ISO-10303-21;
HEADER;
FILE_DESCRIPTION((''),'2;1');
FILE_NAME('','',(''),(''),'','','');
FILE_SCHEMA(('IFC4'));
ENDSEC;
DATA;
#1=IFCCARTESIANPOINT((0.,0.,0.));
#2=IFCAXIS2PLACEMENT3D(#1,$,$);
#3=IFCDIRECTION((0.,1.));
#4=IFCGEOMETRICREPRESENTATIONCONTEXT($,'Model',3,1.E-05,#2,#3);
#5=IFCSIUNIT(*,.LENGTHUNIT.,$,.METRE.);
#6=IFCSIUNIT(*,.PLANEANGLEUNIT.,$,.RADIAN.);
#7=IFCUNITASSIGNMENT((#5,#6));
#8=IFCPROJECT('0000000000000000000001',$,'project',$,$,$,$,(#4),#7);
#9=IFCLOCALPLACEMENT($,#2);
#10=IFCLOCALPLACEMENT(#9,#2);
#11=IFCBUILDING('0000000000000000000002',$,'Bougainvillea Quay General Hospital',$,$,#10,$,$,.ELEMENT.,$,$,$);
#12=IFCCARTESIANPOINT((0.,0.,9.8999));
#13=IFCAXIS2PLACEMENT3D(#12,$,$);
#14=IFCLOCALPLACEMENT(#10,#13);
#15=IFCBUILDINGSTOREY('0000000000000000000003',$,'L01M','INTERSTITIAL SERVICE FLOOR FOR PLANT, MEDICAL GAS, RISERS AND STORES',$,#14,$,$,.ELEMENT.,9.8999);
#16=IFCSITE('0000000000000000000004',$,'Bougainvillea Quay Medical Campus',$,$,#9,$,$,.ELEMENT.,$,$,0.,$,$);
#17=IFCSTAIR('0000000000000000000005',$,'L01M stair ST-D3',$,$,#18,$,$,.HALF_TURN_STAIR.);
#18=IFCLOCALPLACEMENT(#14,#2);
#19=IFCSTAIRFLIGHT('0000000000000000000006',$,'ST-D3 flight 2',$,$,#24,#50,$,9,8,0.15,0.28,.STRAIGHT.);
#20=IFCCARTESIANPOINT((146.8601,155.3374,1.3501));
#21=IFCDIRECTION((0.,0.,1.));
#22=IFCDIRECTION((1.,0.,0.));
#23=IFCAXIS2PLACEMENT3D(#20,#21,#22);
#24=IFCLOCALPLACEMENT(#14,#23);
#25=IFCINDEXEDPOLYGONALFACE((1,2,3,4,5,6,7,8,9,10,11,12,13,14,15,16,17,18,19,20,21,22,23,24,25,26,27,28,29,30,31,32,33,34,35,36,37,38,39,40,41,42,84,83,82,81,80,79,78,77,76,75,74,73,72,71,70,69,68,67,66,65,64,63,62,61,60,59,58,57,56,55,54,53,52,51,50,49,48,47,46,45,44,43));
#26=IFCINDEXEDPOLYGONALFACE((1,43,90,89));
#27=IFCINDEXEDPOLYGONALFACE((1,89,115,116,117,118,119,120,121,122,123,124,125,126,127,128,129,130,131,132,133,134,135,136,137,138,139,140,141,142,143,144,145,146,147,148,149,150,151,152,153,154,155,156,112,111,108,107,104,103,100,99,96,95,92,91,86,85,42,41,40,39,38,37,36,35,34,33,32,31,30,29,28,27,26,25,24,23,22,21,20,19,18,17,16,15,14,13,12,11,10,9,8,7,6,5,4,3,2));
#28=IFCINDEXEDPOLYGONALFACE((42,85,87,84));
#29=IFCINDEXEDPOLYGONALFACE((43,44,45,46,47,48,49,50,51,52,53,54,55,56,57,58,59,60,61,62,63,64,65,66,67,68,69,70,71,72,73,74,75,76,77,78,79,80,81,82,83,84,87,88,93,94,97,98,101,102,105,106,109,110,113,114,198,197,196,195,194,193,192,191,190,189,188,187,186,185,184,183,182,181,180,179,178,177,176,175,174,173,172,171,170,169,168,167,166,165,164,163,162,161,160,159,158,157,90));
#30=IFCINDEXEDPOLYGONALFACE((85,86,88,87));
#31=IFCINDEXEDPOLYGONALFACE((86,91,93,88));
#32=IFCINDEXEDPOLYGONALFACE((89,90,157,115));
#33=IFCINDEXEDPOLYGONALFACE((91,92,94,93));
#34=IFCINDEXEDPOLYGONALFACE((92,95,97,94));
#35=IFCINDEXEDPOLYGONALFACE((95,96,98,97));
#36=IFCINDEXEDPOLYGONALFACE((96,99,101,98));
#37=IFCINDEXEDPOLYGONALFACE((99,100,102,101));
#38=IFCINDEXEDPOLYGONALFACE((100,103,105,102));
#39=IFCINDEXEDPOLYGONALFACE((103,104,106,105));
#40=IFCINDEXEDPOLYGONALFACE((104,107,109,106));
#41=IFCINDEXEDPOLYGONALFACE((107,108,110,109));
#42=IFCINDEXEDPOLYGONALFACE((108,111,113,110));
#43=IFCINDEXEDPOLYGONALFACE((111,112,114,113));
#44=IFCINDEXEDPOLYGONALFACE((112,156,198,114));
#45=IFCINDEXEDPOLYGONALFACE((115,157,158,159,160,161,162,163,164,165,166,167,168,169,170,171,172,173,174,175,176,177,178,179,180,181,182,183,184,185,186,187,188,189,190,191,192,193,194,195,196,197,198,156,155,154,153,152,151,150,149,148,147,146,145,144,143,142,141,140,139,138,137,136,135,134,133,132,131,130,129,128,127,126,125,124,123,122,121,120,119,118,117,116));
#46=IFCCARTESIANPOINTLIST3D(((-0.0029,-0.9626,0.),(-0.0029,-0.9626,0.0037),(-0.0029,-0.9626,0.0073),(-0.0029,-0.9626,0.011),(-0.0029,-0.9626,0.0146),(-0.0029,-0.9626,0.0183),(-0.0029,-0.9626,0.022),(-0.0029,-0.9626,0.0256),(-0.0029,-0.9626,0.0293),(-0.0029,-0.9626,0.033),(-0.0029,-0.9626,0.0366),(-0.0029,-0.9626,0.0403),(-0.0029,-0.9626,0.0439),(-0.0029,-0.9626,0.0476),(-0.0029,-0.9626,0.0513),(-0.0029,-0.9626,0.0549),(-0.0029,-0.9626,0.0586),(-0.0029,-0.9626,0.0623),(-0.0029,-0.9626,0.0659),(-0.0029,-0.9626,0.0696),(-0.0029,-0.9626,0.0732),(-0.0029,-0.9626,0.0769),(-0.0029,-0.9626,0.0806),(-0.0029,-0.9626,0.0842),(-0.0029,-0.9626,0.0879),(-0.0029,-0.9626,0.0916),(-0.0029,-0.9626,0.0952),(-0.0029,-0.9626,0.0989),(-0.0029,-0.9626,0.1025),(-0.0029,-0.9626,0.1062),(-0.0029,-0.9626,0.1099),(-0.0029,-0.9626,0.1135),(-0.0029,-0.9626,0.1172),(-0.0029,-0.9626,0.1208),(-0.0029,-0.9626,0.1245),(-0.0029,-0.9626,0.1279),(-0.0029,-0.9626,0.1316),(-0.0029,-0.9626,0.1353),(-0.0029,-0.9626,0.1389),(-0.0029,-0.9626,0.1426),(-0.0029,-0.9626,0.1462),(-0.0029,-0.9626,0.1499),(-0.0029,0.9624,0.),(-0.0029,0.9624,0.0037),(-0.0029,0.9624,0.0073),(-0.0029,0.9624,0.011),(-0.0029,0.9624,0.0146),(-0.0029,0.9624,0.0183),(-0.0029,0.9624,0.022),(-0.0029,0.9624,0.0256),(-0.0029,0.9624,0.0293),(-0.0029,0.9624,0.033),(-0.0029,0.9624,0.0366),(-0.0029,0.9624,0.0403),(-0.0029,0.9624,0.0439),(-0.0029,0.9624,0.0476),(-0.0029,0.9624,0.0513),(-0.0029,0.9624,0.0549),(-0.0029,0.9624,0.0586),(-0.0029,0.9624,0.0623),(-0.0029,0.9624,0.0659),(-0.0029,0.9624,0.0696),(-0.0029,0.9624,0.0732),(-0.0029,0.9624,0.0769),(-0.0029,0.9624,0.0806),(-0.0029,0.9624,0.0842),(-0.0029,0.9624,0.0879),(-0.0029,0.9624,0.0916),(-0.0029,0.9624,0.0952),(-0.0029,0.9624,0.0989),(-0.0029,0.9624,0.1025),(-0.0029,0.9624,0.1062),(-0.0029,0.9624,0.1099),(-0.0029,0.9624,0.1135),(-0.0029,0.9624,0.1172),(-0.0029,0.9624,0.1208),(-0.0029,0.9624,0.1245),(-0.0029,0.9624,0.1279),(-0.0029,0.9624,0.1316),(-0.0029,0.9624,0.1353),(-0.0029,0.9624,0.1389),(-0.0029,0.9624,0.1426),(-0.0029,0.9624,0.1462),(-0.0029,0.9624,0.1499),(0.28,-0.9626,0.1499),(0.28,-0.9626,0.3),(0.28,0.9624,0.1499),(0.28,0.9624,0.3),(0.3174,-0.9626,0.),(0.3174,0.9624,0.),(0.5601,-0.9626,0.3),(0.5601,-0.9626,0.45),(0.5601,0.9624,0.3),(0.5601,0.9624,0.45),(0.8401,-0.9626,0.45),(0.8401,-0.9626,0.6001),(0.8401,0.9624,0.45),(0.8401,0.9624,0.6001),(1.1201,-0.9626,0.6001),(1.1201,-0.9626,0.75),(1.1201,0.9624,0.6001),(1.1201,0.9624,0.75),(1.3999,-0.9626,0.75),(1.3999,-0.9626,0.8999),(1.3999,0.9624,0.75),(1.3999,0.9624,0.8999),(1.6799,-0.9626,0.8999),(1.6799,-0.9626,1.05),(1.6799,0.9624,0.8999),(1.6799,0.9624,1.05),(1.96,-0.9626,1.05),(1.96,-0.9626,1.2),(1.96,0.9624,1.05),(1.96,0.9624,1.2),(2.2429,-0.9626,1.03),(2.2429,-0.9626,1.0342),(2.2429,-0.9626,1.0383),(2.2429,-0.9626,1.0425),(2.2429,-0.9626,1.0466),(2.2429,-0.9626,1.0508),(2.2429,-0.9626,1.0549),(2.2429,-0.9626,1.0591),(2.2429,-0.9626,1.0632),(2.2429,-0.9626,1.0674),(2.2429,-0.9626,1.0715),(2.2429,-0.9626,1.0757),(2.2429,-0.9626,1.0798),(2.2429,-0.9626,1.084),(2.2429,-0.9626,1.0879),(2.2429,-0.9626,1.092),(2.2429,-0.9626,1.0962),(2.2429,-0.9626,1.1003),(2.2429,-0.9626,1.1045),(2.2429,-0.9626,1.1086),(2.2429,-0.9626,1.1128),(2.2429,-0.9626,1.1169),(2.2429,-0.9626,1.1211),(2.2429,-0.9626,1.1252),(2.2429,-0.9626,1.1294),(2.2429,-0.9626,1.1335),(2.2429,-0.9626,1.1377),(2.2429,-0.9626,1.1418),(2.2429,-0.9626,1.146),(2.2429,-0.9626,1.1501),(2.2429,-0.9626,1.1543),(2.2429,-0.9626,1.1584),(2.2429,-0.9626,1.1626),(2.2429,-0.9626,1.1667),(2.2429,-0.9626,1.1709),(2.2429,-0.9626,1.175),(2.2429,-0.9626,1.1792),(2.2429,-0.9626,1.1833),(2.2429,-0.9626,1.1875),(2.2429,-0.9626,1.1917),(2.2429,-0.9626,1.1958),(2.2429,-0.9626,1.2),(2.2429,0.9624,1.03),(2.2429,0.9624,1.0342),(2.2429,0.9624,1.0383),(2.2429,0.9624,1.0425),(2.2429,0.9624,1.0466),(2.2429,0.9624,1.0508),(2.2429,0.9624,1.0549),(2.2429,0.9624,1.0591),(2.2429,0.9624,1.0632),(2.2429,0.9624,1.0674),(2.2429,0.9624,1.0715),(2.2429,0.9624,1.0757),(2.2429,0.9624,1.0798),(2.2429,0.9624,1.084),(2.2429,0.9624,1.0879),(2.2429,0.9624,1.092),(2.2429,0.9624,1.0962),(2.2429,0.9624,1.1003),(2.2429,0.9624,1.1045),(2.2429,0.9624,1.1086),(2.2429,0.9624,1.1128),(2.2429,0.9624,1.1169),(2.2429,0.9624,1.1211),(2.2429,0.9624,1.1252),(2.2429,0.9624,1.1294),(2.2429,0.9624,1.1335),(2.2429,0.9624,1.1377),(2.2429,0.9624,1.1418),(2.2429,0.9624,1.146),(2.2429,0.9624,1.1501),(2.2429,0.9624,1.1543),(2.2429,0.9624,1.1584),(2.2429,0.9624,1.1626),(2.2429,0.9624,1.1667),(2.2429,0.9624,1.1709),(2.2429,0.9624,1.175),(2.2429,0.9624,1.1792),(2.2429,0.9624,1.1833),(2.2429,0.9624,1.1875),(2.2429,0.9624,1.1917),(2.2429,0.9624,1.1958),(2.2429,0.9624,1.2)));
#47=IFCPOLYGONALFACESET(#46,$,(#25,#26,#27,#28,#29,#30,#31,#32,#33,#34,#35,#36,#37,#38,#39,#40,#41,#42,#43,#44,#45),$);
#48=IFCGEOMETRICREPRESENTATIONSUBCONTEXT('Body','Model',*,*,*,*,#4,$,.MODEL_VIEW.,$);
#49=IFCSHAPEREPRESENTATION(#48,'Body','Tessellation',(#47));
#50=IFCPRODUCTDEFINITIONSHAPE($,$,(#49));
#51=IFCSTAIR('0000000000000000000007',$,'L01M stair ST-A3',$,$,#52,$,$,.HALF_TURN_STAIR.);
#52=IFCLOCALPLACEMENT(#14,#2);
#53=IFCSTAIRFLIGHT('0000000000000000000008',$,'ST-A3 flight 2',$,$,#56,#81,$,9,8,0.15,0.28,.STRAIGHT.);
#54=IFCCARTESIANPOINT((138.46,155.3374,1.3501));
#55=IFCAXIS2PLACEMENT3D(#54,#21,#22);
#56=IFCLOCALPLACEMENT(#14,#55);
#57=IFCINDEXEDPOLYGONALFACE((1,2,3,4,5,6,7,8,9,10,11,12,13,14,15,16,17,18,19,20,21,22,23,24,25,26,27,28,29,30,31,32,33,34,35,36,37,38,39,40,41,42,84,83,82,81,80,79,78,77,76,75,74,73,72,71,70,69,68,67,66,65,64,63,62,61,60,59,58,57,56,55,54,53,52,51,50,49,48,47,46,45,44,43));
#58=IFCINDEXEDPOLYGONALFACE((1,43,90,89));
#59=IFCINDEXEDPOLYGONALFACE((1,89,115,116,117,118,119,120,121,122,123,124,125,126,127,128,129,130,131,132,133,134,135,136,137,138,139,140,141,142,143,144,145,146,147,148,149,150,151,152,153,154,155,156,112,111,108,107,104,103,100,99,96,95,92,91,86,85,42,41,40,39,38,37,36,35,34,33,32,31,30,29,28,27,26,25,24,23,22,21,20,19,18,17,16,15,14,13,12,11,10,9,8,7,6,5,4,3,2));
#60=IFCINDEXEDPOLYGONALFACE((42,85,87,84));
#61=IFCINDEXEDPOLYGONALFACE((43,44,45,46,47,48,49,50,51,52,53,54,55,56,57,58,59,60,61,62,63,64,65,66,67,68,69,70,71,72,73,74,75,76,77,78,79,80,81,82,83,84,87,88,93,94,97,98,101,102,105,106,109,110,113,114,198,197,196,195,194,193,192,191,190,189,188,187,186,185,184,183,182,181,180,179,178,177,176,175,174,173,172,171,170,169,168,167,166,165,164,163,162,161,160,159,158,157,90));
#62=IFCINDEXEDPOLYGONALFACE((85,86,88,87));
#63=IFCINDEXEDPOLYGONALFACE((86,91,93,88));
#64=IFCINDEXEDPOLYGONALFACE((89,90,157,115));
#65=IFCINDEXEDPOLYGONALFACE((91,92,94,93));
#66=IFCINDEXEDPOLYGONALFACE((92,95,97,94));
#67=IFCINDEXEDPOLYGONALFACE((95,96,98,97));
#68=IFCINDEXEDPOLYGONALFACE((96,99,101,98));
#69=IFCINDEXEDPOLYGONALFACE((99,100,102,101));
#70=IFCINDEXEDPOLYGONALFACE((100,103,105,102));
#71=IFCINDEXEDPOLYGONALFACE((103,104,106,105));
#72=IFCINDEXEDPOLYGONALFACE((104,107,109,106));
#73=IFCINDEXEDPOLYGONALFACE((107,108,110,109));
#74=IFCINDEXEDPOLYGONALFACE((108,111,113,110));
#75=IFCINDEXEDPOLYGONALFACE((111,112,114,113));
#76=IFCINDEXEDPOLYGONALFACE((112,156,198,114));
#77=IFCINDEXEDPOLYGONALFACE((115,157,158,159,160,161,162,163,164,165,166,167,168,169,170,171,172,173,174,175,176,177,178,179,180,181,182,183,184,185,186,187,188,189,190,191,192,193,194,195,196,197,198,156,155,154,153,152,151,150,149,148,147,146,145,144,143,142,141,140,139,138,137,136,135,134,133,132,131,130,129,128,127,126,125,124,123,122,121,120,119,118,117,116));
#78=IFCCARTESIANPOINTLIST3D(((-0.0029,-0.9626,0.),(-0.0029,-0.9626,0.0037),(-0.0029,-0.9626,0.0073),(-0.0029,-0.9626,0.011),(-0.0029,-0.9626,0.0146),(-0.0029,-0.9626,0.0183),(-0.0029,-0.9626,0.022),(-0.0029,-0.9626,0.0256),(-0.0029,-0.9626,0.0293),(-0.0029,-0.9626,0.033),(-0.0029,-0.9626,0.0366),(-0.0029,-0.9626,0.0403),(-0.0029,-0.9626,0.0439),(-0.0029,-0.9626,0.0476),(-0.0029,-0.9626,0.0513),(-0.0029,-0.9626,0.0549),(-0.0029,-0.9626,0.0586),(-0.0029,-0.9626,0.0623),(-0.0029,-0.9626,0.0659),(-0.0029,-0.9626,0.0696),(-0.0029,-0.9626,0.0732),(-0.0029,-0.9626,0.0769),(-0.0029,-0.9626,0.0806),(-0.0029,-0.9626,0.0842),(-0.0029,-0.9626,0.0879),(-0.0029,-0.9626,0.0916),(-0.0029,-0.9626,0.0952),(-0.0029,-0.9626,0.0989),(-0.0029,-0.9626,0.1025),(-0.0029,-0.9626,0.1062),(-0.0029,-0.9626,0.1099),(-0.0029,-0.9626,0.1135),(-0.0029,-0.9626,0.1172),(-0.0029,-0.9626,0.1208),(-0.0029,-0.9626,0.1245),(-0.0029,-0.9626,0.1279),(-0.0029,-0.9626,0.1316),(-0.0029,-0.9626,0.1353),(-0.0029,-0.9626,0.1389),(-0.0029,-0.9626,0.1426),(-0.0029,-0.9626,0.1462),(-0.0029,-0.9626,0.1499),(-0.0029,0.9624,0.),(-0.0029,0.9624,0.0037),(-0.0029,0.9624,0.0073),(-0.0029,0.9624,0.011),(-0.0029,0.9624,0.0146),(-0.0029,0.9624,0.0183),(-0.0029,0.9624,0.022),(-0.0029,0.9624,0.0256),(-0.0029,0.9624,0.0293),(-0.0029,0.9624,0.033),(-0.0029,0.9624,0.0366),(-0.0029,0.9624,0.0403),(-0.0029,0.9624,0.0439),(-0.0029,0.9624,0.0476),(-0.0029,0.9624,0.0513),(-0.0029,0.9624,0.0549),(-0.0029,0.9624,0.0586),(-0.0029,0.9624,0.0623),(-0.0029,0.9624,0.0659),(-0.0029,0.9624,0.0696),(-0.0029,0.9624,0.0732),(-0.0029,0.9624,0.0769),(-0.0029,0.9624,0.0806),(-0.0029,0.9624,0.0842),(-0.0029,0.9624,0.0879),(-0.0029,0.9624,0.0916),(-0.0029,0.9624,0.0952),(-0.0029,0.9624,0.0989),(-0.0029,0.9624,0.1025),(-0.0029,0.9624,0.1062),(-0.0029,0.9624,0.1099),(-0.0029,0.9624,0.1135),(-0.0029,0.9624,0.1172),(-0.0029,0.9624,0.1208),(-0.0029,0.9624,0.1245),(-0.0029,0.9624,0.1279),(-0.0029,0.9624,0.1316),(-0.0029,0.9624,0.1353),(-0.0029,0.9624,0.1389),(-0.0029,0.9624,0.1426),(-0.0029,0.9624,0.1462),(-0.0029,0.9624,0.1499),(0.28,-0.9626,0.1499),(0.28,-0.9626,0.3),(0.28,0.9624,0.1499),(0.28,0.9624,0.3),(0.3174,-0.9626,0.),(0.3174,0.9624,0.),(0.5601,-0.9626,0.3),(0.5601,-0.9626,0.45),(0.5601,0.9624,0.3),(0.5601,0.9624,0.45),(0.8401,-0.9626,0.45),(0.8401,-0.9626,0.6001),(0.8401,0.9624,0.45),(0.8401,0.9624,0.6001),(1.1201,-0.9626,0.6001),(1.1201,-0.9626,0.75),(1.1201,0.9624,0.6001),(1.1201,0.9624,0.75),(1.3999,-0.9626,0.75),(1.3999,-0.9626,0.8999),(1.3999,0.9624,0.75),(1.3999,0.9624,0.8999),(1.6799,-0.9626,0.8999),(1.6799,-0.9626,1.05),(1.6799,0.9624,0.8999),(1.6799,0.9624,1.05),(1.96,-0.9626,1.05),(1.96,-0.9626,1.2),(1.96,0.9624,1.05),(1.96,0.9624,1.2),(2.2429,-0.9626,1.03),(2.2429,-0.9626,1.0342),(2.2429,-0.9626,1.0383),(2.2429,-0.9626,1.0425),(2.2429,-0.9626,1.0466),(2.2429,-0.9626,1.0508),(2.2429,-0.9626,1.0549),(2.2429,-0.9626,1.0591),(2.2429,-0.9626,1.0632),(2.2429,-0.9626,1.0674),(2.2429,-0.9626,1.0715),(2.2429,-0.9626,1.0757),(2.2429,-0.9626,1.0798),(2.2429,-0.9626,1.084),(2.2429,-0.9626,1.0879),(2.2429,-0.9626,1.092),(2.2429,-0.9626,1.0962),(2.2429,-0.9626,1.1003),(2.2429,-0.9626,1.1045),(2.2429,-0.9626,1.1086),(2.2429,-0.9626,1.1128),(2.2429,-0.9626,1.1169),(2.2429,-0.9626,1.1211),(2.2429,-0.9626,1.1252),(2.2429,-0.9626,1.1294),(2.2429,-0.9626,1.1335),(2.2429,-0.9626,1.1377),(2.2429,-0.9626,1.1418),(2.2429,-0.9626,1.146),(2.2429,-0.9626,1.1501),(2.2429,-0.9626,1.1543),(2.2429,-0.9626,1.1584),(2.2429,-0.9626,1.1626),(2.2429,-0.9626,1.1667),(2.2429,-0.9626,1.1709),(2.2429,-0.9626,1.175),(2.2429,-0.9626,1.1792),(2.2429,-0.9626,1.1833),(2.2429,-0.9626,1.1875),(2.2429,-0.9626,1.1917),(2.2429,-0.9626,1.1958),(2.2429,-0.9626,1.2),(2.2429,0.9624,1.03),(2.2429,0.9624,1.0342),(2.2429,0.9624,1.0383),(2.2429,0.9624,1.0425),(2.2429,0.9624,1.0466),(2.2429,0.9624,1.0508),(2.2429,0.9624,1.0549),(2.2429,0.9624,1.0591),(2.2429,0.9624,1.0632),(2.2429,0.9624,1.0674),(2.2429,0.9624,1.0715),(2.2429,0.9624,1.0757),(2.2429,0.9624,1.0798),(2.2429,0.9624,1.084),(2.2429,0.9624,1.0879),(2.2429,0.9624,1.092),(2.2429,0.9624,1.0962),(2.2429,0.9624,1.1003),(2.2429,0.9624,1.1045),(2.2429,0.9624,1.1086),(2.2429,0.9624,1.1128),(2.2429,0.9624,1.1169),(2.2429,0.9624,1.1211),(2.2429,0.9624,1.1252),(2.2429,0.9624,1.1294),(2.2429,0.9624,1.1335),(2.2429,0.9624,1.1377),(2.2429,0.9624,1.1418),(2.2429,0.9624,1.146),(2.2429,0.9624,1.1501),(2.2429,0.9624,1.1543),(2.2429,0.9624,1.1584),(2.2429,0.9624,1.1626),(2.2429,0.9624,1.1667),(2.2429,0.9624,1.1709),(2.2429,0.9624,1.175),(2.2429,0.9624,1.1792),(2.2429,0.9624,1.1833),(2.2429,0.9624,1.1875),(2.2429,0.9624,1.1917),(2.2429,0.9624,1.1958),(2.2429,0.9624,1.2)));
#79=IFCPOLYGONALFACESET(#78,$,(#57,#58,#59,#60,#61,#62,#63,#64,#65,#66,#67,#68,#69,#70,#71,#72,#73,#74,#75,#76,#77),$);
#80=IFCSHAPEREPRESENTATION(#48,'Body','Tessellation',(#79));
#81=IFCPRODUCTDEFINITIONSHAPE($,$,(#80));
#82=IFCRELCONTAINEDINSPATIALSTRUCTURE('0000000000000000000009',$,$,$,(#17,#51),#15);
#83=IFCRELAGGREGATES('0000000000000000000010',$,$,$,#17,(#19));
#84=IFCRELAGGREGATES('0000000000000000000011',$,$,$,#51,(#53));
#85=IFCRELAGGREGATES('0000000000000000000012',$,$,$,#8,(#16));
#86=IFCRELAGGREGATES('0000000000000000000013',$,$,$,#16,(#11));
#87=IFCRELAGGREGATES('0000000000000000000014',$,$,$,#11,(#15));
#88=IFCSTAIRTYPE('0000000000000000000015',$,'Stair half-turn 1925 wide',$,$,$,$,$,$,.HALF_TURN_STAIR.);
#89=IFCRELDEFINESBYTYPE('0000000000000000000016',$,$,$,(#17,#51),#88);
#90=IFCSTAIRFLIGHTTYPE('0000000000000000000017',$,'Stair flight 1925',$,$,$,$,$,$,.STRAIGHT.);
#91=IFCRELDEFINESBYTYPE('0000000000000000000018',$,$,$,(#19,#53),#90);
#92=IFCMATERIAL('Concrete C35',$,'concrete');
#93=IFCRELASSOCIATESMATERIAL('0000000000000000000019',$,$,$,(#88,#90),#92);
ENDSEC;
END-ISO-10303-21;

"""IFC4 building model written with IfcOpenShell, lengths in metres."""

from ifc_helpers import new_model, si_unit, direction, frame, origin, place, context, subcontext, project, spatial, polyline, outline, extrude, material, type_object, element, aggregate, save


model = new_model("IFC4")

# Units and contexts
model_context = context("Model", 3, precision=1e-05, world=origin(), true_north=direction((0.0, 1.0)))
body_context = subcontext(model_context, "Body", "Model", "MODEL_VIEW")
ifc_project = project(units=[si_unit("LENGTHUNIT", "METRE"), si_unit("PLANEANGLEUNIT", "RADIAN")], contexts=[model_context])

# Site, building, storey
site_placement = place(None, origin())
site = spatial("IfcSite", under=ifc_project, at=site_placement, Name="Bougainvillea Quay Medical Campus", CompositionType="ELEMENT", RefElevation=0.0)
building_placement = place(site_placement, origin())
building = spatial("IfcBuilding", under=site, at=building_placement, Name="Bougainvillea Quay General Hospital", CompositionType="ELEMENT")
storey_placement = place(building_placement, frame((0.0, 0.0, 9.8999)))
storey = spatial("IfcBuildingStorey", under=building, at=storey_placement, Name="L01M", Description="INTERSTITIAL SERVICE FLOOR FOR PLANT, MEDICAL GAS, RISERS AND STORES", CompositionType="ELEMENT", Elevation=9.8999)

# Stairs, stair flights
ifc_material_1 = material(Name="Concrete C35", Category="concrete")
stair_type = type_object("IfcStairType", Name="Stair half-turn 1925 wide", PredefinedType="HALF_TURN_STAIR", material=ifc_material_1)
stair_1_placement = place(storey_placement, origin())
stair_1 = element("IfcStair", 1, at=stair_1_placement, inside=storey, type_object=stair_type, Name="L01M stair ST-D3", PredefinedType="HALF_TURN_STAIR")
stair_flight_type = type_object("IfcStairFlightType", Name="Stair flight 1925", PredefinedType="STRAIGHT", material=ifc_material_1)
stair_flight_1_placement = place(storey_placement, frame((146.8601, 155.3374, 1.3501), z_axis=(0.0, 0.0, 1.0), x_axis=(1.0, 0.0, 0.0)))
stair_flight_1 = element("IfcStairFlight", 2, at=stair_flight_1_placement, type_object=stair_flight_type, Name="ST-D3 flight 2", NumberOfRisers=9, NumberOfTreads=8, PredefinedType="STRAIGHT", RiserHeight=0.15, TreadLength=0.28, context=body_context, shape_type="SweptSolid", body=[
    extrude(outline(polyline([(-0.0029, 0.0), (-0.0029, 0.0037), (-0.0029, 0.0073), (-0.0029, 0.011), (-0.0029, 0.0146), (-0.0029, 0.0183), (-0.0029, 0.022), (-0.0029, 0.0256), (-0.0029, 0.0293), (-0.0029, 0.033), (-0.0029, 0.0366), (-0.0029, 0.0403), (-0.0029, 0.0439), (-0.0029, 0.0476), (-0.0029, 0.0513), (-0.0029, 0.0549), (-0.0029, 0.0586), (-0.0029, 0.0623), (-0.0029, 0.0659), (-0.0029, 0.0696), (-0.0029, 0.0732), (-0.0029, 0.0769), (-0.0029, 0.0806), (-0.0029, 0.0842), (-0.0029, 0.0879), (-0.0029, 0.0916), (-0.0029, 0.0952), (-0.0029, 0.0989), (-0.0029, 0.1025), (-0.0029, 0.1062), (-0.0029, 0.1099), (-0.0029, 0.1135), (-0.0029, 0.1172), (-0.0029, 0.1208), (-0.0029, 0.1245), (-0.0029, 0.1279), (-0.0029, 0.1316), (-0.0029, 0.1353), (-0.0029, 0.1389), (-0.0029, 0.1426), (-0.0029, 0.1462), (-0.0029, 0.1499), (0.28, 0.1499), (0.28, 0.3), (0.5601, 0.3), (0.5601, 0.45), (0.8401, 0.45), (0.8401, 0.6001), (1.1201, 0.6001), (1.1201, 0.75), (1.3999, 0.75), (1.3999, 0.8999), (1.6799, 0.8999), (1.6799, 1.05), (1.96, 1.05), (1.96, 1.2), (2.2429, 1.2), (2.2429, 1.1958), (2.2429, 1.1917), (2.2429, 1.1875), (2.2429, 1.1833), (2.2429, 1.1792), (2.2429, 1.175), (2.2429, 1.1709), (2.2429, 1.1667), (2.2429, 1.1626), (2.2429, 1.1584), (2.2429, 1.1543), (2.2429, 1.1501), (2.2429, 1.146), (2.2429, 1.1418), (2.2429, 1.1377), (2.2429, 1.1335), (2.2429, 1.1294), (2.2429, 1.1252), (2.2429, 1.1211), (2.2429, 1.1169), (2.2429, 1.1128), (2.2429, 1.1086), (2.2429, 1.1045), (2.2429, 1.1003), (2.2429, 1.0962), (2.2429, 1.092), (2.2429, 1.0879), (2.2429, 1.084), (2.2429, 1.0798), (2.2429, 1.0757), (2.2429, 1.0715), (2.2429, 1.0674), (2.2429, 1.0632), (2.2429, 1.0591), (2.2429, 1.0549), (2.2429, 1.0508), (2.2429, 1.0466), (2.2429, 1.0425), (2.2429, 1.0383), (2.2429, 1.0342), (2.2429, 1.03), (0.3174, 0.0), (-0.0029, 0.0)])), frame((0.0, 0.9624, 0.0), z_axis=(0.0, -1.0, 0.0), x_axis=(1.0, 0.0, 0.0)), (0.0, 0.0, 1.0), 1.925),
])
aggregate(stair_1, [stair_flight_1])
stair_2_placement = place(storey_placement, origin())
stair_2 = element("IfcStair", 3, at=stair_2_placement, inside=storey, type_object=stair_type, Name="L01M stair ST-A3", PredefinedType="HALF_TURN_STAIR")
stair_flight_2_placement = place(storey_placement, frame((138.46, 155.3374, 1.3501), z_axis=(0.0, 0.0, 1.0), x_axis=(1.0, 0.0, 0.0)))
stair_flight_2 = element("IfcStairFlight", 4, at=stair_flight_2_placement, type_object=stair_flight_type, Name="ST-A3 flight 2", NumberOfRisers=9, NumberOfTreads=8, PredefinedType="STRAIGHT", RiserHeight=0.15, TreadLength=0.28, context=body_context, shape_type="SweptSolid", body=[
    extrude(outline(polyline([(-0.0029, 0.0), (-0.0029, 0.0037), (-0.0029, 0.0073), (-0.0029, 0.011), (-0.0029, 0.0146), (-0.0029, 0.0183), (-0.0029, 0.022), (-0.0029, 0.0256), (-0.0029, 0.0293), (-0.0029, 0.033), (-0.0029, 0.0366), (-0.0029, 0.0403), (-0.0029, 0.0439), (-0.0029, 0.0476), (-0.0029, 0.0513), (-0.0029, 0.0549), (-0.0029, 0.0586), (-0.0029, 0.0623), (-0.0029, 0.0659), (-0.0029, 0.0696), (-0.0029, 0.0732), (-0.0029, 0.0769), (-0.0029, 0.0806), (-0.0029, 0.0842), (-0.0029, 0.0879), (-0.0029, 0.0916), (-0.0029, 0.0952), (-0.0029, 0.0989), (-0.0029, 0.1025), (-0.0029, 0.1062), (-0.0029, 0.1099), (-0.0029, 0.1135), (-0.0029, 0.1172), (-0.0029, 0.1208), (-0.0029, 0.1245), (-0.0029, 0.1279), (-0.0029, 0.1316), (-0.0029, 0.1353), (-0.0029, 0.1389), (-0.0029, 0.1426), (-0.0029, 0.1462), (-0.0029, 0.1499), (0.28, 0.1499), (0.28, 0.3), (0.5601, 0.3), (0.5601, 0.45), (0.8401, 0.45), (0.8401, 0.6001), (1.1201, 0.6001), (1.1201, 0.75), (1.3999, 0.75), (1.3999, 0.8999), (1.6799, 0.8999), (1.6799, 1.05), (1.96, 1.05), (1.96, 1.2), (2.2429, 1.2), (2.2429, 1.1958), (2.2429, 1.1917), (2.2429, 1.1875), (2.2429, 1.1833), (2.2429, 1.1792), (2.2429, 1.175), (2.2429, 1.1709), (2.2429, 1.1667), (2.2429, 1.1626), (2.2429, 1.1584), (2.2429, 1.1543), (2.2429, 1.1501), (2.2429, 1.146), (2.2429, 1.1418), (2.2429, 1.1377), (2.2429, 1.1335), (2.2429, 1.1294), (2.2429, 1.1252), (2.2429, 1.1211), (2.2429, 1.1169), (2.2429, 1.1128), (2.2429, 1.1086), (2.2429, 1.1045), (2.2429, 1.1003), (2.2429, 1.0962), (2.2429, 1.092), (2.2429, 1.0879), (2.2429, 1.084), (2.2429, 1.0798), (2.2429, 1.0757), (2.2429, 1.0715), (2.2429, 1.0674), (2.2429, 1.0632), (2.2429, 1.0591), (2.2429, 1.0549), (2.2429, 1.0508), (2.2429, 1.0466), (2.2429, 1.0425), (2.2429, 1.0383), (2.2429, 1.0342), (2.2429, 1.03), (0.3174, 0.0), (-0.0029, 0.0)])), frame((0.0, 0.9624, 0.0), z_axis=(0.0, -1.0, 0.0), x_axis=(1.0, 0.0, 0.0)), (0.0, 0.0, 1.0), 1.925),
])
aggregate(stair_2, [stair_flight_2])

save(model, "model.ifc")
